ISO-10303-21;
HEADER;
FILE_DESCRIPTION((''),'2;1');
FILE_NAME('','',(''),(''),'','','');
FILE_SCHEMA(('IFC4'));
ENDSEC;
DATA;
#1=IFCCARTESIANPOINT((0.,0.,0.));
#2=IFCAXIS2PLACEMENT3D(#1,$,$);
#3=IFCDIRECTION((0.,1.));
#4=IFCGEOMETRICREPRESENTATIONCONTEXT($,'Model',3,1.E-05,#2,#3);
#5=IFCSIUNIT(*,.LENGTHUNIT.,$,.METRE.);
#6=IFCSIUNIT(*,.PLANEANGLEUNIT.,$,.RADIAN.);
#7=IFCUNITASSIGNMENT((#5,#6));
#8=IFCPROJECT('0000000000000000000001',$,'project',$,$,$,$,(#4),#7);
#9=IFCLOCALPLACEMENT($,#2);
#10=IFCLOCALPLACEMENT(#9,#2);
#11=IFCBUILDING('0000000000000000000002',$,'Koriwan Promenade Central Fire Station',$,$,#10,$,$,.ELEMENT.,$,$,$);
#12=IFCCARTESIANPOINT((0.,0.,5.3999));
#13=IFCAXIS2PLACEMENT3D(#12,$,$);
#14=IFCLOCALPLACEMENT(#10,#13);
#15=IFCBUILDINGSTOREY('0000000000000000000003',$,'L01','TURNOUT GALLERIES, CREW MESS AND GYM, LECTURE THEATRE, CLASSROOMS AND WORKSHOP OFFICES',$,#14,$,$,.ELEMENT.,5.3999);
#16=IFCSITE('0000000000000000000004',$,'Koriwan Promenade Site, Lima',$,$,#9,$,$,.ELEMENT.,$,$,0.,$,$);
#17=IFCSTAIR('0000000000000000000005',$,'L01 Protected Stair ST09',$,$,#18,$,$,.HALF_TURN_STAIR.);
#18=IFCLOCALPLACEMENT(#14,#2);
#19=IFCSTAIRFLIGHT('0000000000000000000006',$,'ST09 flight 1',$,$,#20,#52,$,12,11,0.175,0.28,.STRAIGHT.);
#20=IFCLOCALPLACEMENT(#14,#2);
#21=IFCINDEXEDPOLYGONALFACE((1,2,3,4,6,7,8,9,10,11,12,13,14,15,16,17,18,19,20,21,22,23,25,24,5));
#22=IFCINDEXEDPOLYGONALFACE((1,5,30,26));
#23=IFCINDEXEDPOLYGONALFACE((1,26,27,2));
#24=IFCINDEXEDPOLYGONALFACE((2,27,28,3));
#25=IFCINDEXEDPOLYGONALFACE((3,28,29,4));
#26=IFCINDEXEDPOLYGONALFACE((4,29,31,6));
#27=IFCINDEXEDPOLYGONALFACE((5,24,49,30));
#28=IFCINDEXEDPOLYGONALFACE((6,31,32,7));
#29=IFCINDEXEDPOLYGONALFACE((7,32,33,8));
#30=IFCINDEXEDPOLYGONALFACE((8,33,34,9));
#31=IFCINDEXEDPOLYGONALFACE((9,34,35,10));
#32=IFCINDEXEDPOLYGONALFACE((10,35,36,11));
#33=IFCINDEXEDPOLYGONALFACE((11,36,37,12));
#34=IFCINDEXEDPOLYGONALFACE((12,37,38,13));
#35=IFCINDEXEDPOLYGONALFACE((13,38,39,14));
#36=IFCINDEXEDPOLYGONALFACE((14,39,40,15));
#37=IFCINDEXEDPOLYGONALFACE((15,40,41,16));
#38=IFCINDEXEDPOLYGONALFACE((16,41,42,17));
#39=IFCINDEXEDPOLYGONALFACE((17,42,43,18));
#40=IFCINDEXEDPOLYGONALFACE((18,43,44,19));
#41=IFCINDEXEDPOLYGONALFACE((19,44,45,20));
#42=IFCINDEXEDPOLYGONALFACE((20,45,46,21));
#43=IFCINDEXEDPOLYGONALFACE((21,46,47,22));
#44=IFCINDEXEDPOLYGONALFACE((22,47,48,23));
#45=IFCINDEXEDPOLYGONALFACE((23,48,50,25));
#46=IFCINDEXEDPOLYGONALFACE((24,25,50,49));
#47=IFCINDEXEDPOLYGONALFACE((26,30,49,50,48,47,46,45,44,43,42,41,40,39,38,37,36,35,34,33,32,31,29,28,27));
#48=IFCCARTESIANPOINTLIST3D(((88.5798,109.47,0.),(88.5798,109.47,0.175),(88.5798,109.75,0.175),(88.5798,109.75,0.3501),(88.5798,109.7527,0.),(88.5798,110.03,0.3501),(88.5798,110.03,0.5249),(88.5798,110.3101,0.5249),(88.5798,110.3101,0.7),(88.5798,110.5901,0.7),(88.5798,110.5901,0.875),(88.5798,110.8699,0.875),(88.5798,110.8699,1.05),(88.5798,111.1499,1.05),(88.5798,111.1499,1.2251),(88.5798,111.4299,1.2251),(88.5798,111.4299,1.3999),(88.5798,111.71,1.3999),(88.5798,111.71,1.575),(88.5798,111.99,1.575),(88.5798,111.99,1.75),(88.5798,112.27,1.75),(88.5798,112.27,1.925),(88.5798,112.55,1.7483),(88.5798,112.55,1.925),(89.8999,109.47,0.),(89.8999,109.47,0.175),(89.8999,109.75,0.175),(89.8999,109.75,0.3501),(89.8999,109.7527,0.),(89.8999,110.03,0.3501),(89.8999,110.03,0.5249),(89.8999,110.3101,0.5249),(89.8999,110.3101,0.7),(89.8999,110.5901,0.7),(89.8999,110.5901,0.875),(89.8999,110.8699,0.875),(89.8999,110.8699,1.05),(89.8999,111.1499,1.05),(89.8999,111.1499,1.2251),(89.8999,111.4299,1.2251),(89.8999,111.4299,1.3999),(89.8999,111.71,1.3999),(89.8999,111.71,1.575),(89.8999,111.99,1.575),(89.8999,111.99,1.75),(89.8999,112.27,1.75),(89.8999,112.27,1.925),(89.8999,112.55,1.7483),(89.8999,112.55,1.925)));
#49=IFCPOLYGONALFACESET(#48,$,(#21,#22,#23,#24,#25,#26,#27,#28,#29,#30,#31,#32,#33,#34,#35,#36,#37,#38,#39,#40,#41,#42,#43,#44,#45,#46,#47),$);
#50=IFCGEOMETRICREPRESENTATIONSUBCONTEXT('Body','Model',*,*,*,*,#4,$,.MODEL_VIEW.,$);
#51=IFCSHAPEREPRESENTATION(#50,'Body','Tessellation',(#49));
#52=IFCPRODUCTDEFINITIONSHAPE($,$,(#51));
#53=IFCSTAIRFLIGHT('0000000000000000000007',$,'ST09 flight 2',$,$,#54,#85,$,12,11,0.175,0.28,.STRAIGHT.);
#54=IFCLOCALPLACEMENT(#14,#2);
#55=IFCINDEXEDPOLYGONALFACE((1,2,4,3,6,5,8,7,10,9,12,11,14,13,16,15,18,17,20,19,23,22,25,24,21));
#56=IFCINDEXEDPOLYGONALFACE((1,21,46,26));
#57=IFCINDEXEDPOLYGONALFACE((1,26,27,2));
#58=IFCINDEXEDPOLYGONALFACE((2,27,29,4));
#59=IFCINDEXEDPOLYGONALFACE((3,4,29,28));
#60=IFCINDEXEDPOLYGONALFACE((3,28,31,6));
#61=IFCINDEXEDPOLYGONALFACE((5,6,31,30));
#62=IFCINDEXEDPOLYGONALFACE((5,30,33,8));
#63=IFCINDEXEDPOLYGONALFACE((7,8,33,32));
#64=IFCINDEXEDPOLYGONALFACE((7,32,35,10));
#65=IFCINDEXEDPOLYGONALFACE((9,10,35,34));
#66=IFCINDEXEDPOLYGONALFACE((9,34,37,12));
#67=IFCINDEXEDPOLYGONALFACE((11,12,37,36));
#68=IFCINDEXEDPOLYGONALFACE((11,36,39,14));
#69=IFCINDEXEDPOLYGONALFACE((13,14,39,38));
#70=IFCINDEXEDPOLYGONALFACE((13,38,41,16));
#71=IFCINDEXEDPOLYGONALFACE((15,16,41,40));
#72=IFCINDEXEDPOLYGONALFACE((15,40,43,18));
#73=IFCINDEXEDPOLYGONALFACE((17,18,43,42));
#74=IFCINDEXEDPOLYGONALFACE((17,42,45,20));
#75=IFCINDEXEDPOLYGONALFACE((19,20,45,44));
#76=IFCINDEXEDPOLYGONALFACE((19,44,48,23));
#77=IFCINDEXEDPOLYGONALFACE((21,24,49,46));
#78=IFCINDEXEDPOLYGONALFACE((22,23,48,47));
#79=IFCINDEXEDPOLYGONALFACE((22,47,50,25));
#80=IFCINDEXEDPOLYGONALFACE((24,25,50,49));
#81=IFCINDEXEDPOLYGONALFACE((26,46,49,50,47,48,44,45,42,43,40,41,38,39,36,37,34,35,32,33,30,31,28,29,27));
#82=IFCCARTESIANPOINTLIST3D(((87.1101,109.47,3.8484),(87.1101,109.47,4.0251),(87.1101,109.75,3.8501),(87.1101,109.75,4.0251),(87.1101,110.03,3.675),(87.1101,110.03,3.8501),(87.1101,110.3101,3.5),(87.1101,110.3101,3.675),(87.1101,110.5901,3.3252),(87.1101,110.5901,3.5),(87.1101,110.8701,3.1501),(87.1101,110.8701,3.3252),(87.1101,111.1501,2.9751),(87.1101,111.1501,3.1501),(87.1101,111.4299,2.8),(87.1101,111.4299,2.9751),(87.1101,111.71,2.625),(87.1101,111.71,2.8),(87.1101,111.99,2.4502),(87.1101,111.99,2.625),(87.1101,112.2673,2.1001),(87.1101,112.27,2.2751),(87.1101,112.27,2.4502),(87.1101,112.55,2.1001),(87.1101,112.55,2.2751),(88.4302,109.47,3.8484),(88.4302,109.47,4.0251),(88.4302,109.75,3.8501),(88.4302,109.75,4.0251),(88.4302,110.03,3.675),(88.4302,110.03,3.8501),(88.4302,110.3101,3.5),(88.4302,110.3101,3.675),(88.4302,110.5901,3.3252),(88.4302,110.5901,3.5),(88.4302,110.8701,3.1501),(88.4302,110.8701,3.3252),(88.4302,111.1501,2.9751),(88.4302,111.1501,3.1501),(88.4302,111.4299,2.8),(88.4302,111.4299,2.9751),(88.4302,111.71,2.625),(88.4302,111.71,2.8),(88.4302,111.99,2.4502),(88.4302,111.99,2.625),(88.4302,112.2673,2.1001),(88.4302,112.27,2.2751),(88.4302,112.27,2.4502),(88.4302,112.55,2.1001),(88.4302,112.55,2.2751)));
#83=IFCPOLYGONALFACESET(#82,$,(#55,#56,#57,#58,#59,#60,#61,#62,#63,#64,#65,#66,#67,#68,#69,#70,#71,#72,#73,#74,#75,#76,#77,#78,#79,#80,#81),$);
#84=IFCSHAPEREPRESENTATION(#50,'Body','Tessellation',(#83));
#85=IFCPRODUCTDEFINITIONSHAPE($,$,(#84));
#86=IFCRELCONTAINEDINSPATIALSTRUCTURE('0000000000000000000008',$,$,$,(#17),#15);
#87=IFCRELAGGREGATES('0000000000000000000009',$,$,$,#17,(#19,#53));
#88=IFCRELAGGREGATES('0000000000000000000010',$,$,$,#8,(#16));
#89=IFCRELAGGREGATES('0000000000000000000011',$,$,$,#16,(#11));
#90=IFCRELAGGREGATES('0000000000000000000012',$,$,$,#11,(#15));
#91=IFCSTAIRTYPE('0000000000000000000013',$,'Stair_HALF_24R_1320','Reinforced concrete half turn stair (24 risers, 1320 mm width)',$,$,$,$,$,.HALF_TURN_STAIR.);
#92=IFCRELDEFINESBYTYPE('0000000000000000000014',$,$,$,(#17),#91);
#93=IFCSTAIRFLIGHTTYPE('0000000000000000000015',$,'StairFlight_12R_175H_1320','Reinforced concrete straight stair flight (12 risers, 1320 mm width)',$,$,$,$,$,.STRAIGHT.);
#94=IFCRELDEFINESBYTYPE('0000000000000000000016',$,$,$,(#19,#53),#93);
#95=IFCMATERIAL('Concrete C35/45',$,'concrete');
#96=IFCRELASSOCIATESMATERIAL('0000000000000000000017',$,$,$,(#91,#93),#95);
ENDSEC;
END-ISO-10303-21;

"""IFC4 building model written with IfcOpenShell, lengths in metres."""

from ifc_helpers import new_model, si_unit, direction, frame, origin, place, context, subcontext, project, spatial, polyline, outline, extrude, material, type_object, element, aggregate, save


model = new_model("IFC4")

# Units and contexts
model_context = context("Model", 3, precision=1e-05, world=origin(), true_north=direction((0.0, 1.0)))
body_context = subcontext(model_context, "Body", "Model", "MODEL_VIEW")
ifc_project = project(units=[si_unit("LENGTHUNIT", "METRE"), si_unit("PLANEANGLEUNIT", "RADIAN")], contexts=[model_context])

# Site, building, storey
site_placement = place(None, origin())
site = spatial("IfcSite", under=ifc_project, at=site_placement, Name="Koriwan Promenade Site, Lima", CompositionType="ELEMENT", RefElevation=0.0)
building_placement = place(site_placement, origin())
building = spatial("IfcBuilding", under=site, at=building_placement, Name="Koriwan Promenade Central Fire Station", CompositionType="ELEMENT")
storey_placement = place(building_placement, frame((0.0, 0.0, 5.3999)))
storey = spatial("IfcBuildingStorey", under=building, at=storey_placement, Name="L01", Description="TURNOUT GALLERIES, CREW MESS AND GYM, LECTURE THEATRE, CLASSROOMS AND WORKSHOP OFFICES", CompositionType="ELEMENT", Elevation=5.3999)

# Shared definitions
ifc_material_1 = material(Name="Concrete C35/45", Category="concrete")

# Stair, stair flights
stair_type = type_object("IfcStairType", Name="Stair_HALF_24R_1320", Description="Reinforced concrete half turn stair (24 risers, 1320 mm width)", PredefinedType="HALF_TURN_STAIR", material=ifc_material_1)
stair_placement = place(storey_placement, origin())
stair = element("IfcStair", 1, at=stair_placement, inside=storey, type_object=stair_type, Name="L01 Protected Stair ST09", PredefinedType="HALF_TURN_STAIR")
stair_flight_type = type_object("IfcStairFlightType", Name="StairFlight_12R_175H_1320", Description="Reinforced concrete straight stair flight (12 risers, 1320 mm width)", PredefinedType="STRAIGHT", material=ifc_material_1)
stair_flight_1_placement = place(storey_placement, frame((89.24, 109.47, 0.0), z_axis=(0.0, 0.0, 1.0), x_axis=(0.0, 1.0, 0.0)))
stair_flight_1 = element("IfcStairFlight", 2, at=stair_flight_1_placement, type_object=stair_flight_type, Name="ST09 flight 1", NumberOfRisers=12, NumberOfTreads=11, PredefinedType="STRAIGHT", RiserHeight=0.175, TreadLength=0.28, context=body_context, shape_type="SweptSolid", body=[
    extrude(outline(polyline([(0.0, 0.0), (0.0, 0.175), (0.28, 0.175), (0.28, 0.3501), (0.5601, 0.3501), (0.5601, 0.5249), (0.8401, 0.5249), (0.8401, 0.7), (1.1201, 0.7), (1.1201, 0.875), (1.3999, 0.875), (1.3999, 1.05), (1.6799, 1.05), (1.6799, 1.2251), (1.96, 1.2251), (1.96, 1.3999), (2.24, 1.3999), (2.24, 1.575), (2.52, 1.575), (2.52, 1.75), (2.8, 1.75), (2.8, 1.925), (3.0801, 1.925), (3.0801, 2.1001), (3.0801, 1.7483), (0.2827, 0.0), (0.0, 0.0)])), frame((0.0, 0.6602, 0.0), z_axis=(0.0, -1.0, 0.0), x_axis=(1.0, 0.0, 0.0)), (0.0, 0.0, 1.0), 1.3201),
])
stair_flight_2_placement = place(storey_placement, frame((87.77, 112.55, 2.1001), z_axis=(0.0, 0.0, 1.0), x_axis=(0.0, -1.0, 0.0)))
stair_flight_2 = element("IfcStairFlight", 3, at=stair_flight_2_placement, type_object=stair_flight_type, Name="ST09 flight 2", NumberOfRisers=12, NumberOfTreads=11, PredefinedType="STRAIGHT", RiserHeight=0.175, TreadLength=0.28, context=body_context, shape_type="SweptSolid", body=[
    extrude(outline(polyline([(0.0, 0.0), (0.0, 0.175), (0.28, 0.175), (0.28, 0.3501), (0.5601, 0.3501), (0.5601, 0.5249), (0.8401, 0.5249), (0.8401, 0.7), (1.1201, 0.7), (1.1201, 0.875), (1.3999, 0.875), (1.3999, 1.05), (1.6799, 1.05), (1.6799, 1.2251), (1.96, 1.2251), (1.96, 1.3999), (2.24, 1.3999), (2.24, 1.575), (2.52, 1.575), (2.52, 1.75), (2.8, 1.75), (2.8, 1.925), (3.0801, 1.925), (3.0801, 2.1001), (3.0801, 1.7483), (0.2827, 0.0), (0.0, 0.0)])), frame((0.0, 0.6602, 0.0), z_axis=(0.0, -1.0, 0.0), x_axis=(1.0, 0.0, 0.0)), (0.0, 0.0, 1.0), 1.3201),
])
aggregate(stair, [stair_flight_1, stair_flight_2])

save(model, "model.ifc")
